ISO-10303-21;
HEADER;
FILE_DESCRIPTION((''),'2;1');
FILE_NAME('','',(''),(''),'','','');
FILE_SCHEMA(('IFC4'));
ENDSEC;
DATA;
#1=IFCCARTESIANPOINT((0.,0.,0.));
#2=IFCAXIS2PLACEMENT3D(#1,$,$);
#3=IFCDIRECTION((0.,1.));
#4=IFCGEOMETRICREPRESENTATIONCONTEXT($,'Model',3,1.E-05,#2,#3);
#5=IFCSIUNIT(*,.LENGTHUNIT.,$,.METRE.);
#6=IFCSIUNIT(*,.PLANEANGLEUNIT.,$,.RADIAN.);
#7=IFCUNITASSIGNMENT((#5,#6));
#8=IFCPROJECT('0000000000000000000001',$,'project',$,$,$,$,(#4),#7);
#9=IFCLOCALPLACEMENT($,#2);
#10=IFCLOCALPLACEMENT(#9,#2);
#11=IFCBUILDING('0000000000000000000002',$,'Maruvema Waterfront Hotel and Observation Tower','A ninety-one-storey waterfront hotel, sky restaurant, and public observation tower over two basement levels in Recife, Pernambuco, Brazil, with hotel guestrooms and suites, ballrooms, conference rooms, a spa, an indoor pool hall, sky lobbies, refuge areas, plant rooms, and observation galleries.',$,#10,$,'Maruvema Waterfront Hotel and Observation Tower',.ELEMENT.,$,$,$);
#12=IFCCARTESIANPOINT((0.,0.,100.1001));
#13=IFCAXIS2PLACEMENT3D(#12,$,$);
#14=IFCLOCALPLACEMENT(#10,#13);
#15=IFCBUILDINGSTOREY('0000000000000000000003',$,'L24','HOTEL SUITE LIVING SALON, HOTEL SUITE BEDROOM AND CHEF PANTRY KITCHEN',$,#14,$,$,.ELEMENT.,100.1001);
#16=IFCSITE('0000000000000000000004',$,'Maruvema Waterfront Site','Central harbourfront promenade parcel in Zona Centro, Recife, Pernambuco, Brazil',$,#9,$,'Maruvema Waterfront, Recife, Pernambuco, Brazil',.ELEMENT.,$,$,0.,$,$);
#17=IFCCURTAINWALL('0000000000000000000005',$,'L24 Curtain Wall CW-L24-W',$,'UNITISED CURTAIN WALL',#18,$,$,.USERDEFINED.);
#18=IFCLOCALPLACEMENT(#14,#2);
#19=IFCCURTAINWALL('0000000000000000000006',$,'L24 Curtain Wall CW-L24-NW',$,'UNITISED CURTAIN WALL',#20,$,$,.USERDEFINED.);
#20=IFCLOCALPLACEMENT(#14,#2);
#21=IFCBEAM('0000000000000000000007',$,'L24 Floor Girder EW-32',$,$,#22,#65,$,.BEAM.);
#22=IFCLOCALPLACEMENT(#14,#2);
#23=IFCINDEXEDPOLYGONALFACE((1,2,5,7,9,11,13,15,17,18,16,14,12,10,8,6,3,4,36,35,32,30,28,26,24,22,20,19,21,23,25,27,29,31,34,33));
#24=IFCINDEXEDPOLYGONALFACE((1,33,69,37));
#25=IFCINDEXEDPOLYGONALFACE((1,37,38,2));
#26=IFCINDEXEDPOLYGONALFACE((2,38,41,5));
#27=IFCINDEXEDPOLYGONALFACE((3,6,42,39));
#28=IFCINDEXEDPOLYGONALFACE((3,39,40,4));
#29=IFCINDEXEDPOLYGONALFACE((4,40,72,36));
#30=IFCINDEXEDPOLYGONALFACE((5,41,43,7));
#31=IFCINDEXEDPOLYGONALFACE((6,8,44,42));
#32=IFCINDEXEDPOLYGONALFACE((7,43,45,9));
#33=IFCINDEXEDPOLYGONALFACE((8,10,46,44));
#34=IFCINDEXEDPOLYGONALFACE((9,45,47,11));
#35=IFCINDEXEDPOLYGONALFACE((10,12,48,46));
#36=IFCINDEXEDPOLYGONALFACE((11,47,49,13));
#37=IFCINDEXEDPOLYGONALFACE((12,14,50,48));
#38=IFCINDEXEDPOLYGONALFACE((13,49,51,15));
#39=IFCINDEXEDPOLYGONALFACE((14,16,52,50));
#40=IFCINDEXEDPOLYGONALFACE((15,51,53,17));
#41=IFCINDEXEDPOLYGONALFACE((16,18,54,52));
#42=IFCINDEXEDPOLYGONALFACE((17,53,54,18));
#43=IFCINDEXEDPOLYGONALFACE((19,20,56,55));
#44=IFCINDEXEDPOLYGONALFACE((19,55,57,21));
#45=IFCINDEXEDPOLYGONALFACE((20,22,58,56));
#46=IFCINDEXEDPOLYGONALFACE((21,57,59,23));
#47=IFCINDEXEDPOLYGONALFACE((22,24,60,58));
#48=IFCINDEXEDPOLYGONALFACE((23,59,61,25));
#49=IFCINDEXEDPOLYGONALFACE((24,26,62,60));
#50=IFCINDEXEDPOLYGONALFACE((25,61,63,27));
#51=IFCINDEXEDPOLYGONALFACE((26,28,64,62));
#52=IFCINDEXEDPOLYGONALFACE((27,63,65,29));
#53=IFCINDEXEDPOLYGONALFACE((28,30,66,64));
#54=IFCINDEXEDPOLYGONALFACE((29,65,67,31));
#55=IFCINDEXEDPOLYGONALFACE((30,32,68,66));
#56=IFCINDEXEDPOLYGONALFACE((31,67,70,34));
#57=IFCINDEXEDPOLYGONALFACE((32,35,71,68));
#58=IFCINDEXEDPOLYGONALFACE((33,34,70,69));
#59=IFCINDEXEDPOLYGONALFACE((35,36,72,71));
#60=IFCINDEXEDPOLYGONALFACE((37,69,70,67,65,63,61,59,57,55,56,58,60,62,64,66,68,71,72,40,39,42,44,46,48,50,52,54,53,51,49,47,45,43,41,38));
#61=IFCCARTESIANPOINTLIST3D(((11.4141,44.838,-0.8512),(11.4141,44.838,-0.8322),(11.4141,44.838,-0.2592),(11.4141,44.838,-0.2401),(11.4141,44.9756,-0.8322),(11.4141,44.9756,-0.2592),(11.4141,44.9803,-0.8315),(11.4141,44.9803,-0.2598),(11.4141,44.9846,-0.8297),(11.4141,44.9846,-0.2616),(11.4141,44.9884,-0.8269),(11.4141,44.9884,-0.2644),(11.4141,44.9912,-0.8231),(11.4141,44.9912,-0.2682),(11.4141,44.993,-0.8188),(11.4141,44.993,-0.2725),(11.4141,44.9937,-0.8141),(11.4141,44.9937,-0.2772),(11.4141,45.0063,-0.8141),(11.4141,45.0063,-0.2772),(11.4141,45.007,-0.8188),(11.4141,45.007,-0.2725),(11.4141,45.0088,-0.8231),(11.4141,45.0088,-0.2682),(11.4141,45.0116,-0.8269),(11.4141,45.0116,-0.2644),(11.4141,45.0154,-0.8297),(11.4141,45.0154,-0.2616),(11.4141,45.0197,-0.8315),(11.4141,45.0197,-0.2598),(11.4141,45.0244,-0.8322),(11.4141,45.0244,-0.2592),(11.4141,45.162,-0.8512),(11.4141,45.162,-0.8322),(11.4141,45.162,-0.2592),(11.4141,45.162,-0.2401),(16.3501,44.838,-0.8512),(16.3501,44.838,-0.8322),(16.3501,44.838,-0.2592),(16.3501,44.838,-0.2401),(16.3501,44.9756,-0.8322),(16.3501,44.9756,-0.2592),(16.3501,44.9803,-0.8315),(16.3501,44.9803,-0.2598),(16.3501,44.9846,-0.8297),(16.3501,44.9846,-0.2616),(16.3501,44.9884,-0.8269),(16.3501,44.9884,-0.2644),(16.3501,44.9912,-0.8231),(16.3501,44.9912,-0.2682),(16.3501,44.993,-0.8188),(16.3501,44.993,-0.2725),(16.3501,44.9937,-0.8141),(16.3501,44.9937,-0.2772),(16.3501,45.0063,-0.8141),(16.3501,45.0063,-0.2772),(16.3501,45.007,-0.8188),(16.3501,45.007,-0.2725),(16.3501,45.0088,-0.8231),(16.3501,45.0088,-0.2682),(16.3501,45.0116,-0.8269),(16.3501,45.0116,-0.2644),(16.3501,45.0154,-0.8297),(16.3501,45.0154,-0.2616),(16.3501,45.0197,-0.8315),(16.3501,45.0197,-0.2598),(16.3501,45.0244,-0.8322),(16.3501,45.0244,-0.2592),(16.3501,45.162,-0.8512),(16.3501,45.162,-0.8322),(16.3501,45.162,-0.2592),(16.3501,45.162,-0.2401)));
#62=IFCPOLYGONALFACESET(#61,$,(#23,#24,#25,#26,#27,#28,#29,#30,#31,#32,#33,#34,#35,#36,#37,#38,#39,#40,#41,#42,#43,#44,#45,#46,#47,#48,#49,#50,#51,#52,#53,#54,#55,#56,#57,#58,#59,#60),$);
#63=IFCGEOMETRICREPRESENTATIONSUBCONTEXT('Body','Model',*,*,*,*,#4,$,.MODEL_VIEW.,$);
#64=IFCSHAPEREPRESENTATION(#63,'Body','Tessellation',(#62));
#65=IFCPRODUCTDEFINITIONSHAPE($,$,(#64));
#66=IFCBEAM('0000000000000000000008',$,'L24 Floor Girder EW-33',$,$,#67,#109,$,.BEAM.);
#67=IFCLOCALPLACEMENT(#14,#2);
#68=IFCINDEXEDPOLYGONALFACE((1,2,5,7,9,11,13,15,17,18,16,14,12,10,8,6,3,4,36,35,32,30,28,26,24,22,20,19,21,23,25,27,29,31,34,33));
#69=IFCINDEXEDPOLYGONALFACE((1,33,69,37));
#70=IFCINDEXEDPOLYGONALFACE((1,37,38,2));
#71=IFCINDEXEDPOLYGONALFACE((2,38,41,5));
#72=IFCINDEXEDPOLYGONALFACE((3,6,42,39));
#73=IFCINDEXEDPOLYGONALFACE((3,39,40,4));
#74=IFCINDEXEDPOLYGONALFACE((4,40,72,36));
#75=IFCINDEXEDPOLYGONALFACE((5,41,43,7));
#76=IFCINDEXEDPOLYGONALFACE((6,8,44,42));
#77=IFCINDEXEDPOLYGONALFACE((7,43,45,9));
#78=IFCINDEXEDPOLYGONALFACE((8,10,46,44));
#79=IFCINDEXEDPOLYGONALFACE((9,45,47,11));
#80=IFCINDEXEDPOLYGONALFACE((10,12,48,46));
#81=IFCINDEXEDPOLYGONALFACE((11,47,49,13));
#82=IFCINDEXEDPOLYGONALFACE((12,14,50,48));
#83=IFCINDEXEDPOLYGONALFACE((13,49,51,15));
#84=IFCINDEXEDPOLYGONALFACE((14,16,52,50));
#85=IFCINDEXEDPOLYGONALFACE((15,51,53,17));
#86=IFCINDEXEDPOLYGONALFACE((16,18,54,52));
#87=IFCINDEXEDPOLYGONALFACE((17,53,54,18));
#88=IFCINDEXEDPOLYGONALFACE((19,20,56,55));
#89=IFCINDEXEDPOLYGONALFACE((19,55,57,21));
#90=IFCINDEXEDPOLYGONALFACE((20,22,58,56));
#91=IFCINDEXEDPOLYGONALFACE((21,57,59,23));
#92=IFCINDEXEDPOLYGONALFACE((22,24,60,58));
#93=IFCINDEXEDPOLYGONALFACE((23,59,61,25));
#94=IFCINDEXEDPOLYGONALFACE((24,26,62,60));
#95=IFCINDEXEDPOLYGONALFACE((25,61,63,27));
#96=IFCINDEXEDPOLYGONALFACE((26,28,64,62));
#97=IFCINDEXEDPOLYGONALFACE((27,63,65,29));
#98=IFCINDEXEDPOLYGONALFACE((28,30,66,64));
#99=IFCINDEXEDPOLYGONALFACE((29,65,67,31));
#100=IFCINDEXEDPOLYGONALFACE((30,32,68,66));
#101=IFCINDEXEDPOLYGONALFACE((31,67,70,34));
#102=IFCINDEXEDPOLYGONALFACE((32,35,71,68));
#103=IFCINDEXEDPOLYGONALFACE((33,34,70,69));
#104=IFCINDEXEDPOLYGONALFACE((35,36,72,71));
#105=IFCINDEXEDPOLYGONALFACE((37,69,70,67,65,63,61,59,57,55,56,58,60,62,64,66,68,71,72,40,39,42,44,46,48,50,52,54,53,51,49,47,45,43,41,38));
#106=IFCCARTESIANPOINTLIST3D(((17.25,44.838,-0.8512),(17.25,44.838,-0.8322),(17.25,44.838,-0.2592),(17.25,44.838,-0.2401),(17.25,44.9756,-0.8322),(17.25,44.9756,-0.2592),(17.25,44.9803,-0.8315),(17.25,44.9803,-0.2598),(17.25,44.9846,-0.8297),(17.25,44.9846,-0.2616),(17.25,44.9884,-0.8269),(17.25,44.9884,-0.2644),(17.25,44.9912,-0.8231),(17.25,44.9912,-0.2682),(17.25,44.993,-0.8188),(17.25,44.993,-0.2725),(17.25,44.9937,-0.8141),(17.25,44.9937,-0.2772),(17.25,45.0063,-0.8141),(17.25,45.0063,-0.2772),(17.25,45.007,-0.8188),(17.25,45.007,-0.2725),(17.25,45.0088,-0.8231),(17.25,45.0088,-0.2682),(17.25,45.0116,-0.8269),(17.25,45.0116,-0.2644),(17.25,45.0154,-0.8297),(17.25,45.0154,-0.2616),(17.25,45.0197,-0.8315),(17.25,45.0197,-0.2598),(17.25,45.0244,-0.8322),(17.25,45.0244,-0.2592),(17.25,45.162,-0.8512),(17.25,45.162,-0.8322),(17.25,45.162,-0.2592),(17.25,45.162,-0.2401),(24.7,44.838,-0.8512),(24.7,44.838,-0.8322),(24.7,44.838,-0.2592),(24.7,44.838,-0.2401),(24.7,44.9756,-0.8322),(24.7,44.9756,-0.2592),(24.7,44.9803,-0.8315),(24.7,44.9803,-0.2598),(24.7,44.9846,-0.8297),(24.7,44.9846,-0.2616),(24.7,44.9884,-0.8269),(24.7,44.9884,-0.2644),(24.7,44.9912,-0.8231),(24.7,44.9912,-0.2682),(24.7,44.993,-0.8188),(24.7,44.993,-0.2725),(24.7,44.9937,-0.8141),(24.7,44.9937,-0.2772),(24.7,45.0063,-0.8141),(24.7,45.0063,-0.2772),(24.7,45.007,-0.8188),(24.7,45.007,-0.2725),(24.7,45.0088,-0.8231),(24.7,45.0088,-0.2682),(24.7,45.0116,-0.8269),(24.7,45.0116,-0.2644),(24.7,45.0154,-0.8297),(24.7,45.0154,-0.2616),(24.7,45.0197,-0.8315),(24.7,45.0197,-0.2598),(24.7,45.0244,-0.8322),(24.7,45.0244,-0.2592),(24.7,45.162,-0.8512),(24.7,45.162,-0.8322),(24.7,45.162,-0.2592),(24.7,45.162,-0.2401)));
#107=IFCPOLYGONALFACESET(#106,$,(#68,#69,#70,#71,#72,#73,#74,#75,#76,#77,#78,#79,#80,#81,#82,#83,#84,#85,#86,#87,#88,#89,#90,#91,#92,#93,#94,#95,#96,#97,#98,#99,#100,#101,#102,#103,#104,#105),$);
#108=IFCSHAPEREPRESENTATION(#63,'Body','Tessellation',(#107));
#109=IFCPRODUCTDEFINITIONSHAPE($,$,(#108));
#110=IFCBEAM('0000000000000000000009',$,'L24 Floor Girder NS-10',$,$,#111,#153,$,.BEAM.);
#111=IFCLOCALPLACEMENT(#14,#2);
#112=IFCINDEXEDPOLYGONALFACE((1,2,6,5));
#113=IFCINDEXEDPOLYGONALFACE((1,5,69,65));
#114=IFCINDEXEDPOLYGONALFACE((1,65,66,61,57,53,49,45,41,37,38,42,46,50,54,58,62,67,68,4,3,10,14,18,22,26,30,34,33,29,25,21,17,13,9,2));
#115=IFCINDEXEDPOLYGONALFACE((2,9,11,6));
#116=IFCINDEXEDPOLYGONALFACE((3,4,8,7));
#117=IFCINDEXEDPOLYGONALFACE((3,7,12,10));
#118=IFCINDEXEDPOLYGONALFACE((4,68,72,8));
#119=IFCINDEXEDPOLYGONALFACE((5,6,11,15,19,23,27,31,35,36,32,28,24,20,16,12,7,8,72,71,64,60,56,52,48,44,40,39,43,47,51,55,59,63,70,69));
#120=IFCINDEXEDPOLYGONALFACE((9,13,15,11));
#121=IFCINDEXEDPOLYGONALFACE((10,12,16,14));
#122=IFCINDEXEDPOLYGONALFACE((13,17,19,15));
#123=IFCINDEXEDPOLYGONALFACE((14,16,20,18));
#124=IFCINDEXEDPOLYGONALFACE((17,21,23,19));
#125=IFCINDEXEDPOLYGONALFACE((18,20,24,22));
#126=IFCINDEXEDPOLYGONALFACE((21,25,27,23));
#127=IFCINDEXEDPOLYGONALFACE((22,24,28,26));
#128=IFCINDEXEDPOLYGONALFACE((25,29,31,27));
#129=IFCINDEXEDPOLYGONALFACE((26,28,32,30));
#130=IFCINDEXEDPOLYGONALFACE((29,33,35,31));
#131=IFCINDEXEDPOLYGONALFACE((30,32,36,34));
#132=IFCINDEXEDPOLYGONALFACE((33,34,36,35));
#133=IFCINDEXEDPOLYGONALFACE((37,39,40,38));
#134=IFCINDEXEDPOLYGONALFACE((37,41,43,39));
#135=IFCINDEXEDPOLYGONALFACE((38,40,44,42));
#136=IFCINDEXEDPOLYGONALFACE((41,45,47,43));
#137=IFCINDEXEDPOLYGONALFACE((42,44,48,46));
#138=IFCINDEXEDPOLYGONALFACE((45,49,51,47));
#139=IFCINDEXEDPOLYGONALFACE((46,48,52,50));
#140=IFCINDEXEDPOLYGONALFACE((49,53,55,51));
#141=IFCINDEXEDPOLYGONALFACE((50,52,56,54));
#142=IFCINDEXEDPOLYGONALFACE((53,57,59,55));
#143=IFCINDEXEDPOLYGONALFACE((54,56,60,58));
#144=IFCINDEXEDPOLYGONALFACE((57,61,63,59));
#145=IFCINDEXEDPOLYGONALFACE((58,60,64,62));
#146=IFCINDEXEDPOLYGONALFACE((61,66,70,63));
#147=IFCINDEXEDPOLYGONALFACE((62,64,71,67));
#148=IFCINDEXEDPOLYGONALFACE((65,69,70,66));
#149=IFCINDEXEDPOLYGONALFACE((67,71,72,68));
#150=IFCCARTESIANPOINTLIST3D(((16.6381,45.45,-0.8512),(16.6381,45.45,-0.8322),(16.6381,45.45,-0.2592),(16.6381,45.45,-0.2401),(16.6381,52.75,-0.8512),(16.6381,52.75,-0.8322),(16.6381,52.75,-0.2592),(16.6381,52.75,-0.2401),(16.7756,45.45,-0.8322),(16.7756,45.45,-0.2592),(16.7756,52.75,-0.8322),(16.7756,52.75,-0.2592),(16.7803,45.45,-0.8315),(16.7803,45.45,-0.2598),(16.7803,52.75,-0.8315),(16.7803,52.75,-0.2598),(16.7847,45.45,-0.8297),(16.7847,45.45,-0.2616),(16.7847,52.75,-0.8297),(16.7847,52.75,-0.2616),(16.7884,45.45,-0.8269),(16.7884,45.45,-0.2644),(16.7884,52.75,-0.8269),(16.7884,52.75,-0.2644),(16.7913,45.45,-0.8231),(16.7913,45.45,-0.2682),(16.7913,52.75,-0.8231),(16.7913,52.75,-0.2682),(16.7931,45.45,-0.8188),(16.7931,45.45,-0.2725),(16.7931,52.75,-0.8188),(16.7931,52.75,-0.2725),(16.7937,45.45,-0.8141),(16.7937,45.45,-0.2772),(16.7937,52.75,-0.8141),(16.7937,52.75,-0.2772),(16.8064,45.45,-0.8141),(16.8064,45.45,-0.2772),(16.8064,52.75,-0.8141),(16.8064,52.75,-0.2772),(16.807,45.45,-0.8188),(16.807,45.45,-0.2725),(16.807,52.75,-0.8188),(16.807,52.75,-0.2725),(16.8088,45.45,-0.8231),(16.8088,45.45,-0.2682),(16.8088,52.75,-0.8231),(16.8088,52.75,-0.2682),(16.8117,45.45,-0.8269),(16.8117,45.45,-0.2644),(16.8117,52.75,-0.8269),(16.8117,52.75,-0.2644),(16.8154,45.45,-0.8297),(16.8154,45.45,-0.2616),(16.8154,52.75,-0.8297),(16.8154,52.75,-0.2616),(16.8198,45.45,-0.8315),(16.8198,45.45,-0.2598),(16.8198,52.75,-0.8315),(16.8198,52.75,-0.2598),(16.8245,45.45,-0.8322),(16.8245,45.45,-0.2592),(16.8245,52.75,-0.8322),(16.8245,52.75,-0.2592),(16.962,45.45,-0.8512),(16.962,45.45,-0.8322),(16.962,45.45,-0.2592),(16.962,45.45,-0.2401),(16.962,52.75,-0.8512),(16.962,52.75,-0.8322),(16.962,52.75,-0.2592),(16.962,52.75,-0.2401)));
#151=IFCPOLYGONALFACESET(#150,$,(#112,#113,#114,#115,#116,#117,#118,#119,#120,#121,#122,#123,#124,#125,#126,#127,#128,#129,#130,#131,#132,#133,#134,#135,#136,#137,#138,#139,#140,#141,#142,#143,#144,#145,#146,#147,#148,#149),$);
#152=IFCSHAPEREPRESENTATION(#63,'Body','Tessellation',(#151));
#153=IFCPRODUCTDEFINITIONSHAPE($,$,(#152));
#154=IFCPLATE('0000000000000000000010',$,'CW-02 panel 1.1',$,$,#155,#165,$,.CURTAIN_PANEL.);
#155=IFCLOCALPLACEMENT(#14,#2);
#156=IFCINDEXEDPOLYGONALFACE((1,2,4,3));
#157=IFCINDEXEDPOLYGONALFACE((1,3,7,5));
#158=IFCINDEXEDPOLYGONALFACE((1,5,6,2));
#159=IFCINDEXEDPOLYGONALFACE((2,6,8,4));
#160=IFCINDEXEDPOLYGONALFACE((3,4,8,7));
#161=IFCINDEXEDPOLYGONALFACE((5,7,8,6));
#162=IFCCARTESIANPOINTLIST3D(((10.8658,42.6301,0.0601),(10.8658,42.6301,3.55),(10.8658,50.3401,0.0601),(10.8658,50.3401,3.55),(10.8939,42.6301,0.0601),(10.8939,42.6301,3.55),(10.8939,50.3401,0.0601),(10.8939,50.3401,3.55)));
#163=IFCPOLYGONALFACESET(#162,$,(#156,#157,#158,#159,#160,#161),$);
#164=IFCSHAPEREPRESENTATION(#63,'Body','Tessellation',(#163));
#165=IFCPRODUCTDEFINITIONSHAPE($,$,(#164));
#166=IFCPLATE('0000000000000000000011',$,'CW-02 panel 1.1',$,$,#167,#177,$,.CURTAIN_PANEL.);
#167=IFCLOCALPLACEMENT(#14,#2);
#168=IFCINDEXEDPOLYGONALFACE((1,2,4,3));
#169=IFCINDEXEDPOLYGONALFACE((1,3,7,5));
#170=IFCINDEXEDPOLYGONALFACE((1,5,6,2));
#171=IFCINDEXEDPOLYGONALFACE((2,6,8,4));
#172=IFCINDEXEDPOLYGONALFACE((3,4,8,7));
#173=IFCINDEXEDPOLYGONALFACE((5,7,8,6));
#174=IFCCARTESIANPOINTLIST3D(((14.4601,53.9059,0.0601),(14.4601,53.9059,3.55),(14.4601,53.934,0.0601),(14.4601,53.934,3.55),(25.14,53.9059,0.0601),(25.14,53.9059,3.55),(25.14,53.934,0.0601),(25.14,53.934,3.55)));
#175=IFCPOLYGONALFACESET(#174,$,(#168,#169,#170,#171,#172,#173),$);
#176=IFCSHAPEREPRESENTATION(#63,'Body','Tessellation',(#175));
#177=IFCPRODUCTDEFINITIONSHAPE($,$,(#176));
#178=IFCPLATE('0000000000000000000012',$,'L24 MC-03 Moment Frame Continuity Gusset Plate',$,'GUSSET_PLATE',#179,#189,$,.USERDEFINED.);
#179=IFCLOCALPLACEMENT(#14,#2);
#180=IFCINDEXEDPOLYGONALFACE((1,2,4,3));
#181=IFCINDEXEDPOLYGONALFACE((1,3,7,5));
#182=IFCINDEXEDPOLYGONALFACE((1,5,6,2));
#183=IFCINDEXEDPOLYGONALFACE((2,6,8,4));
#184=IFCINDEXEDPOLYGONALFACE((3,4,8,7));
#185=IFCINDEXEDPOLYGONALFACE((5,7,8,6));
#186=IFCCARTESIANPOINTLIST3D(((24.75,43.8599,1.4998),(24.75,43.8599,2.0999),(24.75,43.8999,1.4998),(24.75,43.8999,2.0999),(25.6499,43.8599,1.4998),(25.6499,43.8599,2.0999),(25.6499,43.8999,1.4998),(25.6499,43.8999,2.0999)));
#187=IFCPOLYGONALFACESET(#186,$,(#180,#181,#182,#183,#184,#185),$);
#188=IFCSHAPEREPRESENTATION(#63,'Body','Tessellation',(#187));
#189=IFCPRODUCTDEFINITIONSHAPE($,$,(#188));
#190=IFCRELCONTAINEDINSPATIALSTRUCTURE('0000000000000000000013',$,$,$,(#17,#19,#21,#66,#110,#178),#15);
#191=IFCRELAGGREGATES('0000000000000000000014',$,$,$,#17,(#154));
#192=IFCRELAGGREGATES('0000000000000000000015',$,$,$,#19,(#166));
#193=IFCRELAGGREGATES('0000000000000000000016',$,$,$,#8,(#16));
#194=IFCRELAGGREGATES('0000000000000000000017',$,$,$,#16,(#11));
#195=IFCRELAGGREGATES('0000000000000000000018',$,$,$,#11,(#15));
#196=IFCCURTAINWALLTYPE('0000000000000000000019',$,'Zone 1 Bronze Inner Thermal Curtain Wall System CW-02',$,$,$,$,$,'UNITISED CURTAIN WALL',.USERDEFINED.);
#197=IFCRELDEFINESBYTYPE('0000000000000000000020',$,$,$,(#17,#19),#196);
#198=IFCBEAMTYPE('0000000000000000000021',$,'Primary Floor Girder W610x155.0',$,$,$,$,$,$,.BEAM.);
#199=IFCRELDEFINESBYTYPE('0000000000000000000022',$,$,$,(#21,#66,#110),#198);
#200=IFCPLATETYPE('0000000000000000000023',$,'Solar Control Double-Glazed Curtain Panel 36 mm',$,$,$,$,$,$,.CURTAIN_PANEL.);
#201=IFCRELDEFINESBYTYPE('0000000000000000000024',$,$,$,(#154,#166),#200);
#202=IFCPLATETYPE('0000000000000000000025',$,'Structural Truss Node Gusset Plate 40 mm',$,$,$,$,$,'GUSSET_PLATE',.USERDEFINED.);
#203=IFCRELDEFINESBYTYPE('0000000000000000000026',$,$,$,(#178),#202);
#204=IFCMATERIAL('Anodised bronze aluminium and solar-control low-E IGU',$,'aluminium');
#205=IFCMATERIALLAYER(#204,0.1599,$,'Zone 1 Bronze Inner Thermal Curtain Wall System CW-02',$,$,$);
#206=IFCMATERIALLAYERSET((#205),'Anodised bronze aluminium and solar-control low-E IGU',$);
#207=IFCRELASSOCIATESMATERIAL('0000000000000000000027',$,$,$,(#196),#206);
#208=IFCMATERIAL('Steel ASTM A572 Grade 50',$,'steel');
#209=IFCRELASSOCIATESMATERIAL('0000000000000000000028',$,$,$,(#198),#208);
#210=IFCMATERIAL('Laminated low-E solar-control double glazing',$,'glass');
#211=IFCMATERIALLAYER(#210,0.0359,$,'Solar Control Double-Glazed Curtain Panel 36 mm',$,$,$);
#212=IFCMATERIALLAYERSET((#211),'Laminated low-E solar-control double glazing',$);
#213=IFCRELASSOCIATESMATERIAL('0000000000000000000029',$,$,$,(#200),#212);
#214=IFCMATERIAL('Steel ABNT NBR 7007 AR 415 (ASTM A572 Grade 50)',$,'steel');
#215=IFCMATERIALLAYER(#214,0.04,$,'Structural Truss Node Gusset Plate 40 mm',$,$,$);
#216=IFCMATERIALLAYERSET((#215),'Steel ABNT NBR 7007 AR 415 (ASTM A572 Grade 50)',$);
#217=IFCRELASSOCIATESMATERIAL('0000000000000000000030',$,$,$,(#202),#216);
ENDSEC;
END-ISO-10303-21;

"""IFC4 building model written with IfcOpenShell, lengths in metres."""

from ifc_helpers import new_model, si_unit, direction, frame, origin, origin_2d, place, context, subcontext, project, spatial, rectangle, i_section, extrude, material, layer, layer_set, material_profile, profile_set, type_object, element, aggregate, save


model = new_model("IFC4")

# Units and contexts
model_context = context("Model", 3, precision=1e-05, world=origin(), true_north=direction((0.0, 1.0)))
body_context = subcontext(model_context, "Body", "Model", "MODEL_VIEW")
ifc_project = project(units=[si_unit("LENGTHUNIT", "METRE"), si_unit("PLANEANGLEUNIT", "RADIAN")], contexts=[model_context])

# Site, building, storey
site_placement = place(None, origin())
site = spatial("IfcSite", under=ifc_project, at=site_placement, Name="Maruvema Waterfront Site", Description="Central harbourfront promenade parcel in Zona Centro, Recife, Pernambuco, Brazil", LongName="Maruvema Waterfront, Recife, Pernambuco, Brazil", CompositionType="ELEMENT", RefElevation=0.0)
building_placement = place(site_placement, origin())
building = spatial("IfcBuilding", under=site, at=building_placement, Name="Maruvema Waterfront Hotel and Observation Tower", Description="A ninety-one-storey waterfront hotel, sky restaurant, and public observation tower over two basement levels in Recife, Pernambuco, Brazil, with hotel guestrooms and suites, ballrooms, conference rooms, a spa, an indoor pool hall, sky lobbies, refuge areas, plant rooms, and observation galleries.", LongName="Maruvema Waterfront Hotel and Observation Tower", CompositionType="ELEMENT")
storey_placement = place(building_placement, frame((0.0, 0.0, 100.1001)))
storey = spatial("IfcBuildingStorey", under=building, at=storey_placement, Name="L24", Description="HOTEL SUITE LIVING SALON, HOTEL SUITE BEDROOM AND CHEF PANTRY KITCHEN", CompositionType="ELEMENT", Elevation=100.1001)

# Curtain walls
ifc_material_1 = material(Name="Anodised bronze aluminium and solar-control low-E IGU", Category="aluminium")
ifc_layer_1 = layer(ifc_material_1, 0.1599, Name="Zone 1 Bronze Inner Thermal Curtain Wall System CW-02")
ifc_layer_set_1 = layer_set([ifc_layer_1], Name="Anodised bronze aluminium and solar-control low-E IGU")
curtain_wall_type = type_object("IfcCurtainWallType", Name="Zone 1 Bronze Inner Thermal Curtain Wall System CW-02", ElementType="UNITISED CURTAIN WALL", PredefinedType="USERDEFINED", material=ifc_layer_set_1)
curtain_wall_1_placement = place(storey_placement, origin())
curtain_wall_1 = element("IfcCurtainWall", 1, at=curtain_wall_1_placement, inside=storey, type_object=curtain_wall_type, Name="L24 Curtain Wall CW-L24-W", ObjectType="UNITISED CURTAIN WALL", PredefinedType="USERDEFINED")
curtain_wall_2_placement = place(storey_placement, origin())
curtain_wall_2 = element("IfcCurtainWall", 2, at=curtain_wall_2_placement, inside=storey, type_object=curtain_wall_type, Name="L24 Curtain Wall CW-L24-NW", ObjectType="UNITISED CURTAIN WALL", PredefinedType="USERDEFINED")

# Beams
ifc_material_2 = material(Name="Steel ASTM A572 Grade 50", Category="steel")
ifc_material_profile_1 = material_profile(ifc_material_2, i_section(OverallWidth=0.324, OverallDepth=0.6111, WebThickness=0.0127, FlangeThickness=0.019, FilletRadius=0.0181, at=origin_2d()), Name="W610x155.0")
ifc_profile_set_1 = profile_set([ifc_material_profile_1], Name="Steel ASTM A572 Grade 50")
beam_type = type_object("IfcBeamType", Name="Primary Floor Girder W610x155.0", PredefinedType="BEAM", material=ifc_profile_set_1)
beam_1_placement = place(storey_placement, frame((11.4141, 45.0, -0.5457), z_axis=(1.0, 0.0, 0.0), x_axis=(0.0, 1.0, 0.0)))
element("IfcBeam", 3, at=beam_1_placement, inside=storey, type_object=beam_type, Name="L24 Floor Girder EW-32", PredefinedType="BEAM", context=body_context, shape_type="SweptSolid", body=[
    extrude(i_section(OverallWidth=0.324, OverallDepth=0.6111, WebThickness=0.0127, FlangeThickness=0.019, FilletRadius=0.0181, at=origin_2d()), origin(), (0.0, 0.0, 1.0), 4.936),
])
beam_2_placement = place(storey_placement, frame((17.25, 45.0, -0.5457), z_axis=(1.0, 0.0, 0.0), x_axis=(0.0, 1.0, 0.0)))
element("IfcBeam", 4, at=beam_2_placement, inside=storey, type_object=beam_type, Name="L24 Floor Girder EW-33", PredefinedType="BEAM", context=body_context, shape_type="SweptSolid", body=[
    extrude(i_section(OverallWidth=0.324, OverallDepth=0.6111, WebThickness=0.0127, FlangeThickness=0.019, FilletRadius=0.0181, at=origin_2d()), origin(), (0.0, 0.0, 1.0), 7.45),
])
beam_3_placement = place(storey_placement, frame((16.8, 45.45, -0.5457), z_axis=(0.0, 1.0, 0.0), x_axis=(-1.0, 0.0, 0.0)))
element("IfcBeam", 5, at=beam_3_placement, inside=storey, type_object=beam_type, Name="L24 Floor Girder NS-10", PredefinedType="BEAM", context=body_context, shape_type="SweptSolid", body=[
    extrude(i_section(OverallWidth=0.324, OverallDepth=0.6111, WebThickness=0.0127, FlangeThickness=0.019, FilletRadius=0.0181, at=origin_2d()), origin(), (0.0, 0.0, 1.0), 7.3),
])

# Plates
ifc_material_3 = material(Name="Laminated low-E solar-control double glazing", Category="glass")
ifc_layer_2 = layer(ifc_material_3, 0.0359, Name="Solar Control Double-Glazed Curtain Panel 36 mm")
ifc_layer_set_2 = layer_set([ifc_layer_2], Name="Laminated low-E solar-control double glazing")
plate_type_1 = type_object("IfcPlateType", Name="Solar Control Double-Glazed Curtain Panel 36 mm", PredefinedType="CURTAIN_PANEL", material=ifc_layer_set_2)
plate_1_placement = place(storey_placement, frame((10.8799, 46.4851, 0.0601), z_axis=(0.0, 0.0, 1.0), x_axis=(0.0, -1.0, 0.0)))
plate_1 = element("IfcPlate", 6, at=plate_1_placement, type_object=plate_type_1, Name="CW-02 panel 1.1", PredefinedType="CURTAIN_PANEL", context=body_context, shape_type="SweptSolid", body=[
    extrude(rectangle(XDim=7.71, YDim=0.0281, at=origin_2d()), origin(), (0.0, 0.0, 1.0), 3.49),
])
aggregate(curtain_wall_1, [plate_1])
plate_2_placement = place(storey_placement, frame((19.8, 53.9199, 0.0601), z_axis=(0.0, 0.0, 1.0), x_axis=(-1.0, 0.0, 0.0)))
plate_2 = element("IfcPlate", 7, at=plate_2_placement, type_object=plate_type_1, Name="CW-02 panel 1.1", PredefinedType="CURTAIN_PANEL", context=body_context, shape_type="SweptSolid", body=[
    extrude(rectangle(XDim=10.6799, YDim=0.0281, at=origin_2d()), origin(), (0.0, 0.0, 1.0), 3.49),
])
aggregate(curtain_wall_2, [plate_2])
ifc_material_4 = material(Name="Steel ABNT NBR 7007 AR 415 (ASTM A572 Grade 50)", Category="steel")
ifc_layer_3 = layer(ifc_material_4, 0.04, Name="Structural Truss Node Gusset Plate 40 mm")
ifc_layer_set_3 = layer_set([ifc_layer_3], Name="Steel ABNT NBR 7007 AR 415 (ASTM A572 Grade 50)")
plate_type_2 = type_object("IfcPlateType", Name="Structural Truss Node Gusset Plate 40 mm", ElementType="GUSSET_PLATE", PredefinedType="USERDEFINED", material=ifc_layer_set_3)
plate_3_placement = place(storey_placement, frame((25.2, 43.8799, 1.4998), z_axis=(0.0, 0.0, 1.0), x_axis=(1.0, 0.0, 0.0)))
element("IfcPlate", 8, at=plate_3_placement, inside=storey, type_object=plate_type_2, Name="L24 MC-03 Moment Frame Continuity Gusset Plate", ObjectType="GUSSET_PLATE", PredefinedType="USERDEFINED", context=body_context, shape_type="SweptSolid", body=[
    extrude(rectangle(XDim=0.8999, YDim=0.04, at=origin_2d()), origin(), (0.0, 0.0, 1.0), 0.6001),
])

save(model, "model.ifc")
